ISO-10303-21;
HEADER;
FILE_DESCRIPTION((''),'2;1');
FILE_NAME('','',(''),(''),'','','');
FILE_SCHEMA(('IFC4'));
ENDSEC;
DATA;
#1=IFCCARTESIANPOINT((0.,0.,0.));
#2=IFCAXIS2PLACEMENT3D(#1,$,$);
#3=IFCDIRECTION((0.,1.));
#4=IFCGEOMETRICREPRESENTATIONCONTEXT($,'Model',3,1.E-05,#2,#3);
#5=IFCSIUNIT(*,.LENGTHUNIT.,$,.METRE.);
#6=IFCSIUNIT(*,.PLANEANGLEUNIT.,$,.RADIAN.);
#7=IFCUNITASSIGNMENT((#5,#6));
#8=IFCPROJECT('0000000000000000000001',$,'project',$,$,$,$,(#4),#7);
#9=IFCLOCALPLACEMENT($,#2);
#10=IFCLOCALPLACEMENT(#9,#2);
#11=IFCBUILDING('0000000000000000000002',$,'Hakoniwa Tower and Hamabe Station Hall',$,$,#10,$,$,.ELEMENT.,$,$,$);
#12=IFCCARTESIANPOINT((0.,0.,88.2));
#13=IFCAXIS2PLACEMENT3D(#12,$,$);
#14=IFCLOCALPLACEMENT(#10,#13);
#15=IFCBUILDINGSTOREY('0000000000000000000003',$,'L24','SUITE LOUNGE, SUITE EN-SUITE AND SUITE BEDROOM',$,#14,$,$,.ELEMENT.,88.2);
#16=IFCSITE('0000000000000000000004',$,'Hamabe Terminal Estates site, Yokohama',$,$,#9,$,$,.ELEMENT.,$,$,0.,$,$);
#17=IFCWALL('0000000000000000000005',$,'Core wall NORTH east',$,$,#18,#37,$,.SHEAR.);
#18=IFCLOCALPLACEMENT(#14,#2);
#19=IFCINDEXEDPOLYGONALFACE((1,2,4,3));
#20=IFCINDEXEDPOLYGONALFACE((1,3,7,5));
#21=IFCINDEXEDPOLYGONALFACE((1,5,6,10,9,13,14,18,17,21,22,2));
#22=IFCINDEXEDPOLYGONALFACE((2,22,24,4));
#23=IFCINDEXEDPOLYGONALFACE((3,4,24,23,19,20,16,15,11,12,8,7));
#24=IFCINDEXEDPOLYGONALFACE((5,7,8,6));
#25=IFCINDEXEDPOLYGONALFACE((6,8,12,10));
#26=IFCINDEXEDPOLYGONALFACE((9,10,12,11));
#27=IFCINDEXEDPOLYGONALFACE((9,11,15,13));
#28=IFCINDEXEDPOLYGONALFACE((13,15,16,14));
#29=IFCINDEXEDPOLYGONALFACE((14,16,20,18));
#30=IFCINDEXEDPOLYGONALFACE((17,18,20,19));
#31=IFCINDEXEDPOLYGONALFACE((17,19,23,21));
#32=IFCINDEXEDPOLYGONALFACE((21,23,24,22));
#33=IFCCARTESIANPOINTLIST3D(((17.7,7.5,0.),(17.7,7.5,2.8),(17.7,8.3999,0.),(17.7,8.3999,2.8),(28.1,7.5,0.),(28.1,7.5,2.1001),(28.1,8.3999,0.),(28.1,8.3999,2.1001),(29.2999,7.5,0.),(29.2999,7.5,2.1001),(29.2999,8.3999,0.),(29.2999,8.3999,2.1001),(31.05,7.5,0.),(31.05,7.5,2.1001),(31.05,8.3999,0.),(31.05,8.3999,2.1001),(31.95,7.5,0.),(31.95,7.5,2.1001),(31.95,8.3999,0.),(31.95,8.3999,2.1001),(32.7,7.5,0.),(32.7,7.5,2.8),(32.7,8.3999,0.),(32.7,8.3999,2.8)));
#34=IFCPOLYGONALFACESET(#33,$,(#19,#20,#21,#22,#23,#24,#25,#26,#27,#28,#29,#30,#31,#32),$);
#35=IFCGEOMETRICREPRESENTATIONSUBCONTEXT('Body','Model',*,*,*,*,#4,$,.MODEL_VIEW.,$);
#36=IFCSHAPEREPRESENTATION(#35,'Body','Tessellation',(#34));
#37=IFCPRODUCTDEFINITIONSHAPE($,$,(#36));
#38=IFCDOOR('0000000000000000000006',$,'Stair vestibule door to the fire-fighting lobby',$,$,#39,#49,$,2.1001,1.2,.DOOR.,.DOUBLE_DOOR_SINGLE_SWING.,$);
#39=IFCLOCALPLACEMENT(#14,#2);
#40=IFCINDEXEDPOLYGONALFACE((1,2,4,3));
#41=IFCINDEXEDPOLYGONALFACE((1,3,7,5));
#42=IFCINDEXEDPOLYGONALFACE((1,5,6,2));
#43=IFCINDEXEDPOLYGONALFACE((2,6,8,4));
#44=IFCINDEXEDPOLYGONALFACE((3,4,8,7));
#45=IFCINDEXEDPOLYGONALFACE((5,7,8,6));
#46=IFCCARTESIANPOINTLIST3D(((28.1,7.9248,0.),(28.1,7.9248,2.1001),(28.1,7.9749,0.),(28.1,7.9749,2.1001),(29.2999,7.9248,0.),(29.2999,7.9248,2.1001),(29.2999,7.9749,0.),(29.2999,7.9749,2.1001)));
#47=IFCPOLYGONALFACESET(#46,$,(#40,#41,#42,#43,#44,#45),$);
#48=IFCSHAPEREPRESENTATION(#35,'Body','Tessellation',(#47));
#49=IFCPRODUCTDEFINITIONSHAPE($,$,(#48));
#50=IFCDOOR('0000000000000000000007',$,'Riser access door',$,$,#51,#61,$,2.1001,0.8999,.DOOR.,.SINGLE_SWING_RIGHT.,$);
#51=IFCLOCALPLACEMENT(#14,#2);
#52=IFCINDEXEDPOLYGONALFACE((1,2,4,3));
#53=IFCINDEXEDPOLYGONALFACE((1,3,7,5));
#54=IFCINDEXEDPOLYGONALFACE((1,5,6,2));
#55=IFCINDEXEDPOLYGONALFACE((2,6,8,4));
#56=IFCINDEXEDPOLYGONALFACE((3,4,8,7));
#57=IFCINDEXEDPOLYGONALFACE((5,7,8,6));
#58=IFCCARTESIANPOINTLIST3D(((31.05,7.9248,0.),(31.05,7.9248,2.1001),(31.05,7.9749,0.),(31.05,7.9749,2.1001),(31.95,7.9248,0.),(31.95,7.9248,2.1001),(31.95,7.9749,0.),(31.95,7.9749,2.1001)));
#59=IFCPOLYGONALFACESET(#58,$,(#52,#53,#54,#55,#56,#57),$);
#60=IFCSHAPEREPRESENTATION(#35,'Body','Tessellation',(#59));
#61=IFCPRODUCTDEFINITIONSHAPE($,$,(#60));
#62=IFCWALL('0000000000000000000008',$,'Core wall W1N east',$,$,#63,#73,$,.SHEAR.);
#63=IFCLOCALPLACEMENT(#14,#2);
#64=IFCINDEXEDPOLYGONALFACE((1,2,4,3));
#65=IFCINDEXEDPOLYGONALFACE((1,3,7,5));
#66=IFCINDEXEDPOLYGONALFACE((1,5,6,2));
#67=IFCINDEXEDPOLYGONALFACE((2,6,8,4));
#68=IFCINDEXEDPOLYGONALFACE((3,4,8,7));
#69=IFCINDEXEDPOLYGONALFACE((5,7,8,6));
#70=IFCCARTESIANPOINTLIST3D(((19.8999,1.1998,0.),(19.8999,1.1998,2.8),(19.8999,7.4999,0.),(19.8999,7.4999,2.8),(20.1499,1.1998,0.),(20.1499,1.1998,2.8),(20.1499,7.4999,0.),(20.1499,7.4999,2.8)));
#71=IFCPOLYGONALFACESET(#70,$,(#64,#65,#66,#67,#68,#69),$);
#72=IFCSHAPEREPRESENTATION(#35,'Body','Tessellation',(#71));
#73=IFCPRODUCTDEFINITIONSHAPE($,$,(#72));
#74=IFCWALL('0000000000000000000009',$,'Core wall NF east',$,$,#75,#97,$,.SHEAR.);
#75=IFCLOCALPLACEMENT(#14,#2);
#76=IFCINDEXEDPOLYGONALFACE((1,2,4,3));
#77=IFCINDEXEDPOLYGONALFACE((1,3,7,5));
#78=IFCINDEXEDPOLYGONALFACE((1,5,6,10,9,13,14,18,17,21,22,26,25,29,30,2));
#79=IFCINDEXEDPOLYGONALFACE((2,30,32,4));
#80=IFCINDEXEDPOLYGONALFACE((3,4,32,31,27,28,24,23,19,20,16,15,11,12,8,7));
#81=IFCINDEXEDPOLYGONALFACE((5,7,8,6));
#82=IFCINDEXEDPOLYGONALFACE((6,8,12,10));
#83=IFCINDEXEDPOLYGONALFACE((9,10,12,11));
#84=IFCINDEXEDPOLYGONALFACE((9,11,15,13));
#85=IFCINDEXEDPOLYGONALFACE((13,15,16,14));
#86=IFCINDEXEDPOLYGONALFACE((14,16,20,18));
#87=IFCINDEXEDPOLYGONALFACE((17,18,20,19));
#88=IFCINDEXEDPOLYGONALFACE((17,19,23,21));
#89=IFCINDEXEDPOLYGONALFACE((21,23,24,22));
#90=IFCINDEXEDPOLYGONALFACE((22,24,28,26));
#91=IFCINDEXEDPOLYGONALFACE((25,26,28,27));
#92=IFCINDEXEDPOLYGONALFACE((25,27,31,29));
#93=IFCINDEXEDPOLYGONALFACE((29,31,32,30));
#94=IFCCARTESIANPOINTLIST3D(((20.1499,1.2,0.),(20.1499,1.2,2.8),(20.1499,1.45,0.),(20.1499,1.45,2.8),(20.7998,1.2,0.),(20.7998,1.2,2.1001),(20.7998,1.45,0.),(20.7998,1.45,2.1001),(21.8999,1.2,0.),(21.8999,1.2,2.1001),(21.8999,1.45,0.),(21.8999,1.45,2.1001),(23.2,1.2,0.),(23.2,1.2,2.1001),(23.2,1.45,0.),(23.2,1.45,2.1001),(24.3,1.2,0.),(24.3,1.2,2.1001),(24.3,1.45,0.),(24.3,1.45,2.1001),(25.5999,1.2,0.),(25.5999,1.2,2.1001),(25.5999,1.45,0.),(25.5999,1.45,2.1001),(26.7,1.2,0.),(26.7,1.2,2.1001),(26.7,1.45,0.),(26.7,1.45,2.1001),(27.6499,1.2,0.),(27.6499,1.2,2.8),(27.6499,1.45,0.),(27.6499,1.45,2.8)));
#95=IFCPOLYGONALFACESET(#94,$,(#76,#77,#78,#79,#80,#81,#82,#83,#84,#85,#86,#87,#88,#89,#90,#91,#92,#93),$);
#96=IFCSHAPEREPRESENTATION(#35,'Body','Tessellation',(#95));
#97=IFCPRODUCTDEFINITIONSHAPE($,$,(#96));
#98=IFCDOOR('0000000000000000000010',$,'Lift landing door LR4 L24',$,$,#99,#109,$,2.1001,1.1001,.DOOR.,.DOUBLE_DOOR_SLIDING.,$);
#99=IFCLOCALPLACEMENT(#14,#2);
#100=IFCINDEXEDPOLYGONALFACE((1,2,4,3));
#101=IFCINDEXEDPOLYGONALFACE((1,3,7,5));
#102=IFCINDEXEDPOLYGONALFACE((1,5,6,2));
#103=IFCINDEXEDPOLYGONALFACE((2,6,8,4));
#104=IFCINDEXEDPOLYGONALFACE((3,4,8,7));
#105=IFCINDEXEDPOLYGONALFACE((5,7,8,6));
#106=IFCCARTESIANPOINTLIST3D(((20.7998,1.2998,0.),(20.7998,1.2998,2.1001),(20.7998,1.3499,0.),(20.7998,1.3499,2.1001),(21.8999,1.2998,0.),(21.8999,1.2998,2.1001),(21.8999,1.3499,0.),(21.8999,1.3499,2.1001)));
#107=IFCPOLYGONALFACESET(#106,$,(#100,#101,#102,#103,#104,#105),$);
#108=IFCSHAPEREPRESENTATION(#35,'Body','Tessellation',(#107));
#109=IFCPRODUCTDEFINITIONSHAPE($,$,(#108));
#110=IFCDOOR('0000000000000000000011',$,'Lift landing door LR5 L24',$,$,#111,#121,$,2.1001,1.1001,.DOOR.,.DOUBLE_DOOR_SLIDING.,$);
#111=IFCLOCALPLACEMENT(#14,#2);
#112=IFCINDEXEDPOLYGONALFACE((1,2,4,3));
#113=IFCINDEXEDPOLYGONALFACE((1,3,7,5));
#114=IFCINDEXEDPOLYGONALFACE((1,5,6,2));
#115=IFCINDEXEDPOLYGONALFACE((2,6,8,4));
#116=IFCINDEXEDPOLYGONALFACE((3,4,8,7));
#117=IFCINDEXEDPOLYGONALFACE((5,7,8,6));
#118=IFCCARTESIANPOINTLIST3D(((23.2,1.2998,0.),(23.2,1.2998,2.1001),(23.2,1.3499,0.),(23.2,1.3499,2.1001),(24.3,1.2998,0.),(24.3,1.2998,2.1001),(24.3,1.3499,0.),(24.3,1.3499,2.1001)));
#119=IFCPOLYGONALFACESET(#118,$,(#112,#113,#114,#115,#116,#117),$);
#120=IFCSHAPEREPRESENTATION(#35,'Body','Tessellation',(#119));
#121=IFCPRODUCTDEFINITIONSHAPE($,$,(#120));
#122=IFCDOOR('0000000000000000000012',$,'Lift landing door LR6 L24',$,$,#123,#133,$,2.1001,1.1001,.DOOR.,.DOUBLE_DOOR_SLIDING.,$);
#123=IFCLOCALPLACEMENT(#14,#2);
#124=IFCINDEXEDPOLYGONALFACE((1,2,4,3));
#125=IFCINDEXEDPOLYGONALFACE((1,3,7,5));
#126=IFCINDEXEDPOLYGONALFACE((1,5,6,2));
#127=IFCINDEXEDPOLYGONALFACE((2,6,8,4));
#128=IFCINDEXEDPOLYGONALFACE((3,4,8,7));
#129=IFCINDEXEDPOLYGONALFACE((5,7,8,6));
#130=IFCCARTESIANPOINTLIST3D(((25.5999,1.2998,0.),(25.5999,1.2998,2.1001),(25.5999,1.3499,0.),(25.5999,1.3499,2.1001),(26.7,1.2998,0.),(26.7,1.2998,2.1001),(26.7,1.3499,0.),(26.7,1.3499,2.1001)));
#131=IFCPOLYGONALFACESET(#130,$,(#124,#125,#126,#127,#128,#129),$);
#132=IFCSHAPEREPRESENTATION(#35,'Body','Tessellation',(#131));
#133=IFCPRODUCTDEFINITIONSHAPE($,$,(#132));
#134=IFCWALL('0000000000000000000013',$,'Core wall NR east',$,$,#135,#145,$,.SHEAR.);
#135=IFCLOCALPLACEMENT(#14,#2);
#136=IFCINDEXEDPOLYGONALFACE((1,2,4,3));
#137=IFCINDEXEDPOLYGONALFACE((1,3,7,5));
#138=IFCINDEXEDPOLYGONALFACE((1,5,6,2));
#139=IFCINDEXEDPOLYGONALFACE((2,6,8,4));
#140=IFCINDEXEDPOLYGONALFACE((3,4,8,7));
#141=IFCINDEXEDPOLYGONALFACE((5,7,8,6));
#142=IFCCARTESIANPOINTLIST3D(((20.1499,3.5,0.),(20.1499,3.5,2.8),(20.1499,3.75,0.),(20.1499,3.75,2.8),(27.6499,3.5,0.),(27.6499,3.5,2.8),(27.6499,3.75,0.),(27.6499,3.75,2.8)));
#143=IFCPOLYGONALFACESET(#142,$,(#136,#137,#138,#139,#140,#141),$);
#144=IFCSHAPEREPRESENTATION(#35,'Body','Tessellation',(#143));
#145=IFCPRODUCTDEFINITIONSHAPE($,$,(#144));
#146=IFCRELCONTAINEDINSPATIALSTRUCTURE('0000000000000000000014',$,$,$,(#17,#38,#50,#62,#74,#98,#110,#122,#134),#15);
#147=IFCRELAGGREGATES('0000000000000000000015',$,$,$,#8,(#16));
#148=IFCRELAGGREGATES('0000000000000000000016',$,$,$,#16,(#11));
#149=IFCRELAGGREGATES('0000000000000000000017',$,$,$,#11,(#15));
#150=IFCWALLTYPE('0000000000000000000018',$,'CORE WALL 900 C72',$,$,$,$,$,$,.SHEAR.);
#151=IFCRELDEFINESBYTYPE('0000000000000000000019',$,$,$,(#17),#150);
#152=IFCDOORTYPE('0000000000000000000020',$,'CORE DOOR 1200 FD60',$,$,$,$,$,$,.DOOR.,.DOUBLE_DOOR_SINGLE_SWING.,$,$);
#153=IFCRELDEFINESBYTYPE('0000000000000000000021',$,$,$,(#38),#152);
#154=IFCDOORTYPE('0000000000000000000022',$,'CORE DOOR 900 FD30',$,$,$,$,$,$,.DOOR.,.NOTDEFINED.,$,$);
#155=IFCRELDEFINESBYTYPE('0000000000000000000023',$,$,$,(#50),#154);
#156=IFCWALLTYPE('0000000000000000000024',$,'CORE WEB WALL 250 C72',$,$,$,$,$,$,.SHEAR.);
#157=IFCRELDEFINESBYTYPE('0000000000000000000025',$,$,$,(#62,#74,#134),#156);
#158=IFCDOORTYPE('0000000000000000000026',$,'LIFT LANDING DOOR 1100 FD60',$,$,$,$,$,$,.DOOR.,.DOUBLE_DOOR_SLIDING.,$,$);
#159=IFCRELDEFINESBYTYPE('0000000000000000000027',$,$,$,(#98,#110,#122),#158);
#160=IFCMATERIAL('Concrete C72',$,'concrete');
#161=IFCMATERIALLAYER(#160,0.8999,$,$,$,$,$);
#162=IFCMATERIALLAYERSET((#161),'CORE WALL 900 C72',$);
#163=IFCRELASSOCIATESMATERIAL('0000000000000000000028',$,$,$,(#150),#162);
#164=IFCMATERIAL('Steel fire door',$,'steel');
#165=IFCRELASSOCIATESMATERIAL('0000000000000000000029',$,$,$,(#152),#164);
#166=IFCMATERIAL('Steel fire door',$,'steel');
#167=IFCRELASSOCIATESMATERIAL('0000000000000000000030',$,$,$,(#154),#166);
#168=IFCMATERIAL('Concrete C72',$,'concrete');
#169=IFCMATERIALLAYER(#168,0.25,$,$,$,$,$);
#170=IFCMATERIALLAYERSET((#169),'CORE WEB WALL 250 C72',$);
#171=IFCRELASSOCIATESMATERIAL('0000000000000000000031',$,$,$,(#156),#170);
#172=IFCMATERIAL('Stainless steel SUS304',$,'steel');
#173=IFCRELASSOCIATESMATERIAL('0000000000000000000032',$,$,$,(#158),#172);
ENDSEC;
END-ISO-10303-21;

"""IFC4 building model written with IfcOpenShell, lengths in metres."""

from ifc_helpers import new_model, si_unit, direction, frame, frame_2d, origin, place, context, subcontext, project, spatial, rectangle, extrude, material, layer, layer_set, type_object, element, fill, save


model = new_model("IFC4")

# Units and contexts
model_context = context("Model", 3, precision=1e-05, world=origin(), true_north=direction((0.0, 1.0)))
body_context = subcontext(model_context, "Body", "Model", "MODEL_VIEW")
ifc_project = project(units=[si_unit("LENGTHUNIT", "METRE"), si_unit("PLANEANGLEUNIT", "RADIAN")], contexts=[model_context])

# Site, building, storey
site_placement = place(None, origin())
site = spatial("IfcSite", under=ifc_project, at=site_placement, Name="Hamabe Terminal Estates site, Yokohama", CompositionType="ELEMENT", RefElevation=0.0)
building_placement = place(site_placement, origin())
building = spatial("IfcBuilding", under=site, at=building_placement, Name="Hakoniwa Tower and Hamabe Station Hall", CompositionType="ELEMENT")
storey_placement = place(building_placement, frame((0.0, 0.0, 88.2)))
storey = spatial("IfcBuildingStorey", under=building, at=storey_placement, Name="L24", Description="SUITE LOUNGE, SUITE EN-SUITE AND SUITE BEDROOM", CompositionType="ELEMENT", Elevation=88.2)

# Wall, openings, doors
ifc_material_1 = material(Name="Concrete C72", Category="concrete")
ifc_layer_1 = layer(ifc_material_1, 0.8999)
ifc_layer_set_1 = layer_set([ifc_layer_1], Name="CORE WALL 900 C72")
wall_type_1 = type_object("IfcWallType", Name="CORE WALL 900 C72", PredefinedType="SHEAR", material=ifc_layer_set_1)
wall_1_placement = place(storey_placement, frame((17.7, 7.95, 0.0), z_axis=(0.0, 0.0, 1.0), x_axis=(1.0, 0.0, 0.0)))
wall_1 = element("IfcWall", 1, at=wall_1_placement, inside=storey, type_object=wall_type_1, Name="Core wall NORTH east", PredefinedType="SHEAR", context=body_context, shape_type="SweptSolid", body=[
    extrude(rectangle(XDim=15.0, YDim=0.8999, at=frame_2d((7.5, 0.0))), origin(), (0.0, 0.0, 1.0), 2.8),
])
opening_1_placement = place(wall_1_placement, frame((10.3999, 0.0, 0.0)))
opening_1 = element("IfcOpeningElement", 2, at=opening_1_placement, cuts=wall_1, PredefinedType="OPENING", context=body_context, shape_type="SweptSolid", body=[
    extrude(rectangle(XDim=1.2, YDim=2.1001, at=frame_2d((0.6001, 1.05))), frame((0.0, 0.46, 0.0), z_axis=(0.0, -1.0, 0.0), x_axis=(1.0, 0.0, 0.0)), (0.0, 0.0, 1.0), 0.9199),
])
opening_2_placement = place(wall_1_placement, frame((13.3501, 0.0, 0.0)))
opening_2 = element("IfcOpeningElement", 3, at=opening_2_placement, cuts=wall_1, PredefinedType="OPENING", context=body_context, shape_type="SweptSolid", body=[
    extrude(rectangle(XDim=0.8999, YDim=2.1001, at=frame_2d((0.45, 1.05))), frame((0.0, 0.46, 0.0), z_axis=(0.0, -1.0, 0.0), x_axis=(1.0, 0.0, 0.0)), (0.0, 0.0, 1.0), 0.9199),
])
ifc_material_2 = material(Name="Steel fire door", Category="steel")
door_type_1 = type_object("IfcDoorType", Name="CORE DOOR 1200 FD60", OperationType="DOUBLE_DOOR_SINGLE_SWING", PredefinedType="DOOR", material=ifc_material_2)
door_1_placement = place(opening_1_placement, origin())
door_1 = element("IfcDoor", 4, at=door_1_placement, inside=storey, type_object=door_type_1, Name="Stair vestibule door to the fire-fighting lobby", OperationType="DOUBLE_DOOR_SINGLE_SWING", OverallHeight=2.1001, OverallWidth=1.2, PredefinedType="DOOR", context=body_context, shape_type="SweptSolid", body=[
    extrude(rectangle(XDim=1.2, YDim=2.1001, at=frame_2d((0.6001, 1.05))), frame((0.0, 0.0249, 0.0), z_axis=(0.0, -1.0, 0.0), x_axis=(1.0, 0.0, 0.0)), (0.0, 0.0, 1.0), 0.05),
])
fill(opening_1, door_1)
ifc_material_3 = material(Name="Steel fire door", Category="steel")
door_type_2 = type_object("IfcDoorType", Name="CORE DOOR 900 FD30", OperationType="NOTDEFINED", PredefinedType="DOOR", material=ifc_material_3)
door_2_placement = place(opening_2_placement, origin())
door_2 = element("IfcDoor", 5, at=door_2_placement, inside=storey, type_object=door_type_2, Name="Riser access door", OperationType="SINGLE_SWING_RIGHT", OverallHeight=2.1001, OverallWidth=0.8999, PredefinedType="DOOR", context=body_context, shape_type="SweptSolid", body=[
    extrude(rectangle(XDim=0.8999, YDim=2.1001, at=frame_2d((0.45, 1.05))), frame((0.0, 0.0249, 0.0), z_axis=(0.0, -1.0, 0.0), x_axis=(1.0, 0.0, 0.0)), (0.0, 0.0, 1.0), 0.05),
])
fill(opening_2, door_2)

# Wall
ifc_material_4 = material(Name="Concrete C72", Category="concrete")
ifc_layer_2 = layer(ifc_material_4, 0.25)
ifc_layer_set_2 = layer_set([ifc_layer_2], Name="CORE WEB WALL 250 C72")
wall_type_2 = type_object("IfcWallType", Name="CORE WEB WALL 250 C72", PredefinedType="SHEAR", material=ifc_layer_set_2)
wall_2_placement = place(storey_placement, frame((20.0249, 1.2, 0.0), z_axis=(0.0, 0.0, 1.0), x_axis=(0.0, 1.0, 0.0)))
element("IfcWall", 6, at=wall_2_placement, inside=storey, type_object=wall_type_2, Name="Core wall W1N east", PredefinedType="SHEAR", context=body_context, shape_type="SweptSolid", body=[
    extrude(rectangle(XDim=6.3, YDim=0.25, at=frame_2d((3.1499, 0.0))), origin(), (0.0, 0.0, 1.0), 2.8),
])

# Wall, openings, doors
wall_3_placement = place(storey_placement, frame((20.1499, 1.325, 0.0), z_axis=(0.0, 0.0, 1.0), x_axis=(1.0, 0.0, 0.0)))
wall_3 = element("IfcWall", 7, at=wall_3_placement, inside=storey, type_object=wall_type_2, Name="Core wall NF east", PredefinedType="SHEAR", context=body_context, shape_type="SweptSolid", body=[
    extrude(rectangle(XDim=7.5, YDim=0.25, at=frame_2d((3.75, 0.0))), origin(), (0.0, 0.0, 1.0), 2.8),
])
opening_3_placement = place(wall_3_placement, frame((0.6499, 0.0, 0.0)))
opening_3 = element("IfcOpeningElement", 8, at=opening_3_placement, cuts=wall_3, PredefinedType="OPENING", context=body_context, shape_type="SweptSolid", body=[
    extrude(rectangle(XDim=1.1001, YDim=2.1001, at=frame_2d((0.55, 1.05))), frame((0.0, 0.135, 0.0), z_axis=(0.0, -1.0, 0.0), x_axis=(1.0, 0.0, 0.0)), (0.0, 0.0, 1.0), 0.27),
])
opening_4_placement = place(wall_3_placement, frame((3.05, 0.0, 0.0)))
opening_4 = element("IfcOpeningElement", 9, at=opening_4_placement, cuts=wall_3, PredefinedType="OPENING", context=body_context, shape_type="SweptSolid", body=[
    extrude(rectangle(XDim=1.1001, YDim=2.1001, at=frame_2d((0.55, 1.05))), frame((0.0, 0.135, 0.0), z_axis=(0.0, -1.0, 0.0), x_axis=(1.0, 0.0, 0.0)), (0.0, 0.0, 1.0), 0.27),
])
opening_5_placement = place(wall_3_placement, frame((5.45, 0.0, 0.0)))
opening_5 = element("IfcOpeningElement", 10, at=opening_5_placement, cuts=wall_3, PredefinedType="OPENING", context=body_context, shape_type="SweptSolid", body=[
    extrude(rectangle(XDim=1.1001, YDim=2.1001, at=frame_2d((0.55, 1.05))), frame((0.0, 0.135, 0.0), z_axis=(0.0, -1.0, 0.0), x_axis=(1.0, 0.0, 0.0)), (0.0, 0.0, 1.0), 0.27),
])
ifc_material_5 = material(Name="Stainless steel SUS304", Category="steel")
door_type_3 = type_object("IfcDoorType", Name="LIFT LANDING DOOR 1100 FD60", OperationType="DOUBLE_DOOR_SLIDING", PredefinedType="DOOR", material=ifc_material_5)
door_3_placement = place(opening_3_placement, origin())
door_3 = element("IfcDoor", 11, at=door_3_placement, inside=storey, type_object=door_type_3, Name="Lift landing door LR4 L24", OperationType="DOUBLE_DOOR_SLIDING", OverallHeight=2.1001, OverallWidth=1.1001, PredefinedType="DOOR", context=body_context, shape_type="SweptSolid", body=[
    extrude(rectangle(XDim=1.1001, YDim=2.1001, at=frame_2d((0.55, 1.05))), frame((0.0, 0.0249, 0.0), z_axis=(0.0, -1.0, 0.0), x_axis=(1.0, 0.0, 0.0)), (0.0, 0.0, 1.0), 0.05),
])
fill(opening_3, door_3)
door_4_placement = place(opening_4_placement, origin())
door_4 = element("IfcDoor", 12, at=door_4_placement, inside=storey, type_object=door_type_3, Name="Lift landing door LR5 L24", OperationType="DOUBLE_DOOR_SLIDING", OverallHeight=2.1001, OverallWidth=1.1001, PredefinedType="DOOR", context=body_context, shape_type="SweptSolid", body=[
    extrude(rectangle(XDim=1.1001, YDim=2.1001, at=frame_2d((0.55, 1.05))), frame((0.0, 0.0249, 0.0), z_axis=(0.0, -1.0, 0.0), x_axis=(1.0, 0.0, 0.0)), (0.0, 0.0, 1.0), 0.05),
])
fill(opening_4, door_4)
door_5_placement = place(opening_5_placement, origin())
door_5 = element("IfcDoor", 13, at=door_5_placement, inside=storey, type_object=door_type_3, Name="Lift landing door LR6 L24", OperationType="DOUBLE_DOOR_SLIDING", OverallHeight=2.1001, OverallWidth=1.1001, PredefinedType="DOOR", context=body_context, shape_type="SweptSolid", body=[
    extrude(rectangle(XDim=1.1001, YDim=2.1001, at=frame_2d((0.55, 1.05))), frame((0.0, 0.0249, 0.0), z_axis=(0.0, -1.0, 0.0), x_axis=(1.0, 0.0, 0.0)), (0.0, 0.0, 1.0), 0.05),
])
fill(opening_5, door_5)

# Wall
wall_4_placement = place(storey_placement, frame((20.1499, 3.625, 0.0), z_axis=(0.0, 0.0, 1.0), x_axis=(1.0, 0.0, 0.0)))
element("IfcWall", 14, at=wall_4_placement, inside=storey, type_object=wall_type_2, Name="Core wall NR east", PredefinedType="SHEAR", context=body_context, shape_type="SweptSolid", body=[
    extrude(rectangle(XDim=7.5, YDim=0.25, at=frame_2d((3.75, 0.0))), origin(), (0.0, 0.0, 1.0), 2.8),
])

save(model, "model.ifc")
